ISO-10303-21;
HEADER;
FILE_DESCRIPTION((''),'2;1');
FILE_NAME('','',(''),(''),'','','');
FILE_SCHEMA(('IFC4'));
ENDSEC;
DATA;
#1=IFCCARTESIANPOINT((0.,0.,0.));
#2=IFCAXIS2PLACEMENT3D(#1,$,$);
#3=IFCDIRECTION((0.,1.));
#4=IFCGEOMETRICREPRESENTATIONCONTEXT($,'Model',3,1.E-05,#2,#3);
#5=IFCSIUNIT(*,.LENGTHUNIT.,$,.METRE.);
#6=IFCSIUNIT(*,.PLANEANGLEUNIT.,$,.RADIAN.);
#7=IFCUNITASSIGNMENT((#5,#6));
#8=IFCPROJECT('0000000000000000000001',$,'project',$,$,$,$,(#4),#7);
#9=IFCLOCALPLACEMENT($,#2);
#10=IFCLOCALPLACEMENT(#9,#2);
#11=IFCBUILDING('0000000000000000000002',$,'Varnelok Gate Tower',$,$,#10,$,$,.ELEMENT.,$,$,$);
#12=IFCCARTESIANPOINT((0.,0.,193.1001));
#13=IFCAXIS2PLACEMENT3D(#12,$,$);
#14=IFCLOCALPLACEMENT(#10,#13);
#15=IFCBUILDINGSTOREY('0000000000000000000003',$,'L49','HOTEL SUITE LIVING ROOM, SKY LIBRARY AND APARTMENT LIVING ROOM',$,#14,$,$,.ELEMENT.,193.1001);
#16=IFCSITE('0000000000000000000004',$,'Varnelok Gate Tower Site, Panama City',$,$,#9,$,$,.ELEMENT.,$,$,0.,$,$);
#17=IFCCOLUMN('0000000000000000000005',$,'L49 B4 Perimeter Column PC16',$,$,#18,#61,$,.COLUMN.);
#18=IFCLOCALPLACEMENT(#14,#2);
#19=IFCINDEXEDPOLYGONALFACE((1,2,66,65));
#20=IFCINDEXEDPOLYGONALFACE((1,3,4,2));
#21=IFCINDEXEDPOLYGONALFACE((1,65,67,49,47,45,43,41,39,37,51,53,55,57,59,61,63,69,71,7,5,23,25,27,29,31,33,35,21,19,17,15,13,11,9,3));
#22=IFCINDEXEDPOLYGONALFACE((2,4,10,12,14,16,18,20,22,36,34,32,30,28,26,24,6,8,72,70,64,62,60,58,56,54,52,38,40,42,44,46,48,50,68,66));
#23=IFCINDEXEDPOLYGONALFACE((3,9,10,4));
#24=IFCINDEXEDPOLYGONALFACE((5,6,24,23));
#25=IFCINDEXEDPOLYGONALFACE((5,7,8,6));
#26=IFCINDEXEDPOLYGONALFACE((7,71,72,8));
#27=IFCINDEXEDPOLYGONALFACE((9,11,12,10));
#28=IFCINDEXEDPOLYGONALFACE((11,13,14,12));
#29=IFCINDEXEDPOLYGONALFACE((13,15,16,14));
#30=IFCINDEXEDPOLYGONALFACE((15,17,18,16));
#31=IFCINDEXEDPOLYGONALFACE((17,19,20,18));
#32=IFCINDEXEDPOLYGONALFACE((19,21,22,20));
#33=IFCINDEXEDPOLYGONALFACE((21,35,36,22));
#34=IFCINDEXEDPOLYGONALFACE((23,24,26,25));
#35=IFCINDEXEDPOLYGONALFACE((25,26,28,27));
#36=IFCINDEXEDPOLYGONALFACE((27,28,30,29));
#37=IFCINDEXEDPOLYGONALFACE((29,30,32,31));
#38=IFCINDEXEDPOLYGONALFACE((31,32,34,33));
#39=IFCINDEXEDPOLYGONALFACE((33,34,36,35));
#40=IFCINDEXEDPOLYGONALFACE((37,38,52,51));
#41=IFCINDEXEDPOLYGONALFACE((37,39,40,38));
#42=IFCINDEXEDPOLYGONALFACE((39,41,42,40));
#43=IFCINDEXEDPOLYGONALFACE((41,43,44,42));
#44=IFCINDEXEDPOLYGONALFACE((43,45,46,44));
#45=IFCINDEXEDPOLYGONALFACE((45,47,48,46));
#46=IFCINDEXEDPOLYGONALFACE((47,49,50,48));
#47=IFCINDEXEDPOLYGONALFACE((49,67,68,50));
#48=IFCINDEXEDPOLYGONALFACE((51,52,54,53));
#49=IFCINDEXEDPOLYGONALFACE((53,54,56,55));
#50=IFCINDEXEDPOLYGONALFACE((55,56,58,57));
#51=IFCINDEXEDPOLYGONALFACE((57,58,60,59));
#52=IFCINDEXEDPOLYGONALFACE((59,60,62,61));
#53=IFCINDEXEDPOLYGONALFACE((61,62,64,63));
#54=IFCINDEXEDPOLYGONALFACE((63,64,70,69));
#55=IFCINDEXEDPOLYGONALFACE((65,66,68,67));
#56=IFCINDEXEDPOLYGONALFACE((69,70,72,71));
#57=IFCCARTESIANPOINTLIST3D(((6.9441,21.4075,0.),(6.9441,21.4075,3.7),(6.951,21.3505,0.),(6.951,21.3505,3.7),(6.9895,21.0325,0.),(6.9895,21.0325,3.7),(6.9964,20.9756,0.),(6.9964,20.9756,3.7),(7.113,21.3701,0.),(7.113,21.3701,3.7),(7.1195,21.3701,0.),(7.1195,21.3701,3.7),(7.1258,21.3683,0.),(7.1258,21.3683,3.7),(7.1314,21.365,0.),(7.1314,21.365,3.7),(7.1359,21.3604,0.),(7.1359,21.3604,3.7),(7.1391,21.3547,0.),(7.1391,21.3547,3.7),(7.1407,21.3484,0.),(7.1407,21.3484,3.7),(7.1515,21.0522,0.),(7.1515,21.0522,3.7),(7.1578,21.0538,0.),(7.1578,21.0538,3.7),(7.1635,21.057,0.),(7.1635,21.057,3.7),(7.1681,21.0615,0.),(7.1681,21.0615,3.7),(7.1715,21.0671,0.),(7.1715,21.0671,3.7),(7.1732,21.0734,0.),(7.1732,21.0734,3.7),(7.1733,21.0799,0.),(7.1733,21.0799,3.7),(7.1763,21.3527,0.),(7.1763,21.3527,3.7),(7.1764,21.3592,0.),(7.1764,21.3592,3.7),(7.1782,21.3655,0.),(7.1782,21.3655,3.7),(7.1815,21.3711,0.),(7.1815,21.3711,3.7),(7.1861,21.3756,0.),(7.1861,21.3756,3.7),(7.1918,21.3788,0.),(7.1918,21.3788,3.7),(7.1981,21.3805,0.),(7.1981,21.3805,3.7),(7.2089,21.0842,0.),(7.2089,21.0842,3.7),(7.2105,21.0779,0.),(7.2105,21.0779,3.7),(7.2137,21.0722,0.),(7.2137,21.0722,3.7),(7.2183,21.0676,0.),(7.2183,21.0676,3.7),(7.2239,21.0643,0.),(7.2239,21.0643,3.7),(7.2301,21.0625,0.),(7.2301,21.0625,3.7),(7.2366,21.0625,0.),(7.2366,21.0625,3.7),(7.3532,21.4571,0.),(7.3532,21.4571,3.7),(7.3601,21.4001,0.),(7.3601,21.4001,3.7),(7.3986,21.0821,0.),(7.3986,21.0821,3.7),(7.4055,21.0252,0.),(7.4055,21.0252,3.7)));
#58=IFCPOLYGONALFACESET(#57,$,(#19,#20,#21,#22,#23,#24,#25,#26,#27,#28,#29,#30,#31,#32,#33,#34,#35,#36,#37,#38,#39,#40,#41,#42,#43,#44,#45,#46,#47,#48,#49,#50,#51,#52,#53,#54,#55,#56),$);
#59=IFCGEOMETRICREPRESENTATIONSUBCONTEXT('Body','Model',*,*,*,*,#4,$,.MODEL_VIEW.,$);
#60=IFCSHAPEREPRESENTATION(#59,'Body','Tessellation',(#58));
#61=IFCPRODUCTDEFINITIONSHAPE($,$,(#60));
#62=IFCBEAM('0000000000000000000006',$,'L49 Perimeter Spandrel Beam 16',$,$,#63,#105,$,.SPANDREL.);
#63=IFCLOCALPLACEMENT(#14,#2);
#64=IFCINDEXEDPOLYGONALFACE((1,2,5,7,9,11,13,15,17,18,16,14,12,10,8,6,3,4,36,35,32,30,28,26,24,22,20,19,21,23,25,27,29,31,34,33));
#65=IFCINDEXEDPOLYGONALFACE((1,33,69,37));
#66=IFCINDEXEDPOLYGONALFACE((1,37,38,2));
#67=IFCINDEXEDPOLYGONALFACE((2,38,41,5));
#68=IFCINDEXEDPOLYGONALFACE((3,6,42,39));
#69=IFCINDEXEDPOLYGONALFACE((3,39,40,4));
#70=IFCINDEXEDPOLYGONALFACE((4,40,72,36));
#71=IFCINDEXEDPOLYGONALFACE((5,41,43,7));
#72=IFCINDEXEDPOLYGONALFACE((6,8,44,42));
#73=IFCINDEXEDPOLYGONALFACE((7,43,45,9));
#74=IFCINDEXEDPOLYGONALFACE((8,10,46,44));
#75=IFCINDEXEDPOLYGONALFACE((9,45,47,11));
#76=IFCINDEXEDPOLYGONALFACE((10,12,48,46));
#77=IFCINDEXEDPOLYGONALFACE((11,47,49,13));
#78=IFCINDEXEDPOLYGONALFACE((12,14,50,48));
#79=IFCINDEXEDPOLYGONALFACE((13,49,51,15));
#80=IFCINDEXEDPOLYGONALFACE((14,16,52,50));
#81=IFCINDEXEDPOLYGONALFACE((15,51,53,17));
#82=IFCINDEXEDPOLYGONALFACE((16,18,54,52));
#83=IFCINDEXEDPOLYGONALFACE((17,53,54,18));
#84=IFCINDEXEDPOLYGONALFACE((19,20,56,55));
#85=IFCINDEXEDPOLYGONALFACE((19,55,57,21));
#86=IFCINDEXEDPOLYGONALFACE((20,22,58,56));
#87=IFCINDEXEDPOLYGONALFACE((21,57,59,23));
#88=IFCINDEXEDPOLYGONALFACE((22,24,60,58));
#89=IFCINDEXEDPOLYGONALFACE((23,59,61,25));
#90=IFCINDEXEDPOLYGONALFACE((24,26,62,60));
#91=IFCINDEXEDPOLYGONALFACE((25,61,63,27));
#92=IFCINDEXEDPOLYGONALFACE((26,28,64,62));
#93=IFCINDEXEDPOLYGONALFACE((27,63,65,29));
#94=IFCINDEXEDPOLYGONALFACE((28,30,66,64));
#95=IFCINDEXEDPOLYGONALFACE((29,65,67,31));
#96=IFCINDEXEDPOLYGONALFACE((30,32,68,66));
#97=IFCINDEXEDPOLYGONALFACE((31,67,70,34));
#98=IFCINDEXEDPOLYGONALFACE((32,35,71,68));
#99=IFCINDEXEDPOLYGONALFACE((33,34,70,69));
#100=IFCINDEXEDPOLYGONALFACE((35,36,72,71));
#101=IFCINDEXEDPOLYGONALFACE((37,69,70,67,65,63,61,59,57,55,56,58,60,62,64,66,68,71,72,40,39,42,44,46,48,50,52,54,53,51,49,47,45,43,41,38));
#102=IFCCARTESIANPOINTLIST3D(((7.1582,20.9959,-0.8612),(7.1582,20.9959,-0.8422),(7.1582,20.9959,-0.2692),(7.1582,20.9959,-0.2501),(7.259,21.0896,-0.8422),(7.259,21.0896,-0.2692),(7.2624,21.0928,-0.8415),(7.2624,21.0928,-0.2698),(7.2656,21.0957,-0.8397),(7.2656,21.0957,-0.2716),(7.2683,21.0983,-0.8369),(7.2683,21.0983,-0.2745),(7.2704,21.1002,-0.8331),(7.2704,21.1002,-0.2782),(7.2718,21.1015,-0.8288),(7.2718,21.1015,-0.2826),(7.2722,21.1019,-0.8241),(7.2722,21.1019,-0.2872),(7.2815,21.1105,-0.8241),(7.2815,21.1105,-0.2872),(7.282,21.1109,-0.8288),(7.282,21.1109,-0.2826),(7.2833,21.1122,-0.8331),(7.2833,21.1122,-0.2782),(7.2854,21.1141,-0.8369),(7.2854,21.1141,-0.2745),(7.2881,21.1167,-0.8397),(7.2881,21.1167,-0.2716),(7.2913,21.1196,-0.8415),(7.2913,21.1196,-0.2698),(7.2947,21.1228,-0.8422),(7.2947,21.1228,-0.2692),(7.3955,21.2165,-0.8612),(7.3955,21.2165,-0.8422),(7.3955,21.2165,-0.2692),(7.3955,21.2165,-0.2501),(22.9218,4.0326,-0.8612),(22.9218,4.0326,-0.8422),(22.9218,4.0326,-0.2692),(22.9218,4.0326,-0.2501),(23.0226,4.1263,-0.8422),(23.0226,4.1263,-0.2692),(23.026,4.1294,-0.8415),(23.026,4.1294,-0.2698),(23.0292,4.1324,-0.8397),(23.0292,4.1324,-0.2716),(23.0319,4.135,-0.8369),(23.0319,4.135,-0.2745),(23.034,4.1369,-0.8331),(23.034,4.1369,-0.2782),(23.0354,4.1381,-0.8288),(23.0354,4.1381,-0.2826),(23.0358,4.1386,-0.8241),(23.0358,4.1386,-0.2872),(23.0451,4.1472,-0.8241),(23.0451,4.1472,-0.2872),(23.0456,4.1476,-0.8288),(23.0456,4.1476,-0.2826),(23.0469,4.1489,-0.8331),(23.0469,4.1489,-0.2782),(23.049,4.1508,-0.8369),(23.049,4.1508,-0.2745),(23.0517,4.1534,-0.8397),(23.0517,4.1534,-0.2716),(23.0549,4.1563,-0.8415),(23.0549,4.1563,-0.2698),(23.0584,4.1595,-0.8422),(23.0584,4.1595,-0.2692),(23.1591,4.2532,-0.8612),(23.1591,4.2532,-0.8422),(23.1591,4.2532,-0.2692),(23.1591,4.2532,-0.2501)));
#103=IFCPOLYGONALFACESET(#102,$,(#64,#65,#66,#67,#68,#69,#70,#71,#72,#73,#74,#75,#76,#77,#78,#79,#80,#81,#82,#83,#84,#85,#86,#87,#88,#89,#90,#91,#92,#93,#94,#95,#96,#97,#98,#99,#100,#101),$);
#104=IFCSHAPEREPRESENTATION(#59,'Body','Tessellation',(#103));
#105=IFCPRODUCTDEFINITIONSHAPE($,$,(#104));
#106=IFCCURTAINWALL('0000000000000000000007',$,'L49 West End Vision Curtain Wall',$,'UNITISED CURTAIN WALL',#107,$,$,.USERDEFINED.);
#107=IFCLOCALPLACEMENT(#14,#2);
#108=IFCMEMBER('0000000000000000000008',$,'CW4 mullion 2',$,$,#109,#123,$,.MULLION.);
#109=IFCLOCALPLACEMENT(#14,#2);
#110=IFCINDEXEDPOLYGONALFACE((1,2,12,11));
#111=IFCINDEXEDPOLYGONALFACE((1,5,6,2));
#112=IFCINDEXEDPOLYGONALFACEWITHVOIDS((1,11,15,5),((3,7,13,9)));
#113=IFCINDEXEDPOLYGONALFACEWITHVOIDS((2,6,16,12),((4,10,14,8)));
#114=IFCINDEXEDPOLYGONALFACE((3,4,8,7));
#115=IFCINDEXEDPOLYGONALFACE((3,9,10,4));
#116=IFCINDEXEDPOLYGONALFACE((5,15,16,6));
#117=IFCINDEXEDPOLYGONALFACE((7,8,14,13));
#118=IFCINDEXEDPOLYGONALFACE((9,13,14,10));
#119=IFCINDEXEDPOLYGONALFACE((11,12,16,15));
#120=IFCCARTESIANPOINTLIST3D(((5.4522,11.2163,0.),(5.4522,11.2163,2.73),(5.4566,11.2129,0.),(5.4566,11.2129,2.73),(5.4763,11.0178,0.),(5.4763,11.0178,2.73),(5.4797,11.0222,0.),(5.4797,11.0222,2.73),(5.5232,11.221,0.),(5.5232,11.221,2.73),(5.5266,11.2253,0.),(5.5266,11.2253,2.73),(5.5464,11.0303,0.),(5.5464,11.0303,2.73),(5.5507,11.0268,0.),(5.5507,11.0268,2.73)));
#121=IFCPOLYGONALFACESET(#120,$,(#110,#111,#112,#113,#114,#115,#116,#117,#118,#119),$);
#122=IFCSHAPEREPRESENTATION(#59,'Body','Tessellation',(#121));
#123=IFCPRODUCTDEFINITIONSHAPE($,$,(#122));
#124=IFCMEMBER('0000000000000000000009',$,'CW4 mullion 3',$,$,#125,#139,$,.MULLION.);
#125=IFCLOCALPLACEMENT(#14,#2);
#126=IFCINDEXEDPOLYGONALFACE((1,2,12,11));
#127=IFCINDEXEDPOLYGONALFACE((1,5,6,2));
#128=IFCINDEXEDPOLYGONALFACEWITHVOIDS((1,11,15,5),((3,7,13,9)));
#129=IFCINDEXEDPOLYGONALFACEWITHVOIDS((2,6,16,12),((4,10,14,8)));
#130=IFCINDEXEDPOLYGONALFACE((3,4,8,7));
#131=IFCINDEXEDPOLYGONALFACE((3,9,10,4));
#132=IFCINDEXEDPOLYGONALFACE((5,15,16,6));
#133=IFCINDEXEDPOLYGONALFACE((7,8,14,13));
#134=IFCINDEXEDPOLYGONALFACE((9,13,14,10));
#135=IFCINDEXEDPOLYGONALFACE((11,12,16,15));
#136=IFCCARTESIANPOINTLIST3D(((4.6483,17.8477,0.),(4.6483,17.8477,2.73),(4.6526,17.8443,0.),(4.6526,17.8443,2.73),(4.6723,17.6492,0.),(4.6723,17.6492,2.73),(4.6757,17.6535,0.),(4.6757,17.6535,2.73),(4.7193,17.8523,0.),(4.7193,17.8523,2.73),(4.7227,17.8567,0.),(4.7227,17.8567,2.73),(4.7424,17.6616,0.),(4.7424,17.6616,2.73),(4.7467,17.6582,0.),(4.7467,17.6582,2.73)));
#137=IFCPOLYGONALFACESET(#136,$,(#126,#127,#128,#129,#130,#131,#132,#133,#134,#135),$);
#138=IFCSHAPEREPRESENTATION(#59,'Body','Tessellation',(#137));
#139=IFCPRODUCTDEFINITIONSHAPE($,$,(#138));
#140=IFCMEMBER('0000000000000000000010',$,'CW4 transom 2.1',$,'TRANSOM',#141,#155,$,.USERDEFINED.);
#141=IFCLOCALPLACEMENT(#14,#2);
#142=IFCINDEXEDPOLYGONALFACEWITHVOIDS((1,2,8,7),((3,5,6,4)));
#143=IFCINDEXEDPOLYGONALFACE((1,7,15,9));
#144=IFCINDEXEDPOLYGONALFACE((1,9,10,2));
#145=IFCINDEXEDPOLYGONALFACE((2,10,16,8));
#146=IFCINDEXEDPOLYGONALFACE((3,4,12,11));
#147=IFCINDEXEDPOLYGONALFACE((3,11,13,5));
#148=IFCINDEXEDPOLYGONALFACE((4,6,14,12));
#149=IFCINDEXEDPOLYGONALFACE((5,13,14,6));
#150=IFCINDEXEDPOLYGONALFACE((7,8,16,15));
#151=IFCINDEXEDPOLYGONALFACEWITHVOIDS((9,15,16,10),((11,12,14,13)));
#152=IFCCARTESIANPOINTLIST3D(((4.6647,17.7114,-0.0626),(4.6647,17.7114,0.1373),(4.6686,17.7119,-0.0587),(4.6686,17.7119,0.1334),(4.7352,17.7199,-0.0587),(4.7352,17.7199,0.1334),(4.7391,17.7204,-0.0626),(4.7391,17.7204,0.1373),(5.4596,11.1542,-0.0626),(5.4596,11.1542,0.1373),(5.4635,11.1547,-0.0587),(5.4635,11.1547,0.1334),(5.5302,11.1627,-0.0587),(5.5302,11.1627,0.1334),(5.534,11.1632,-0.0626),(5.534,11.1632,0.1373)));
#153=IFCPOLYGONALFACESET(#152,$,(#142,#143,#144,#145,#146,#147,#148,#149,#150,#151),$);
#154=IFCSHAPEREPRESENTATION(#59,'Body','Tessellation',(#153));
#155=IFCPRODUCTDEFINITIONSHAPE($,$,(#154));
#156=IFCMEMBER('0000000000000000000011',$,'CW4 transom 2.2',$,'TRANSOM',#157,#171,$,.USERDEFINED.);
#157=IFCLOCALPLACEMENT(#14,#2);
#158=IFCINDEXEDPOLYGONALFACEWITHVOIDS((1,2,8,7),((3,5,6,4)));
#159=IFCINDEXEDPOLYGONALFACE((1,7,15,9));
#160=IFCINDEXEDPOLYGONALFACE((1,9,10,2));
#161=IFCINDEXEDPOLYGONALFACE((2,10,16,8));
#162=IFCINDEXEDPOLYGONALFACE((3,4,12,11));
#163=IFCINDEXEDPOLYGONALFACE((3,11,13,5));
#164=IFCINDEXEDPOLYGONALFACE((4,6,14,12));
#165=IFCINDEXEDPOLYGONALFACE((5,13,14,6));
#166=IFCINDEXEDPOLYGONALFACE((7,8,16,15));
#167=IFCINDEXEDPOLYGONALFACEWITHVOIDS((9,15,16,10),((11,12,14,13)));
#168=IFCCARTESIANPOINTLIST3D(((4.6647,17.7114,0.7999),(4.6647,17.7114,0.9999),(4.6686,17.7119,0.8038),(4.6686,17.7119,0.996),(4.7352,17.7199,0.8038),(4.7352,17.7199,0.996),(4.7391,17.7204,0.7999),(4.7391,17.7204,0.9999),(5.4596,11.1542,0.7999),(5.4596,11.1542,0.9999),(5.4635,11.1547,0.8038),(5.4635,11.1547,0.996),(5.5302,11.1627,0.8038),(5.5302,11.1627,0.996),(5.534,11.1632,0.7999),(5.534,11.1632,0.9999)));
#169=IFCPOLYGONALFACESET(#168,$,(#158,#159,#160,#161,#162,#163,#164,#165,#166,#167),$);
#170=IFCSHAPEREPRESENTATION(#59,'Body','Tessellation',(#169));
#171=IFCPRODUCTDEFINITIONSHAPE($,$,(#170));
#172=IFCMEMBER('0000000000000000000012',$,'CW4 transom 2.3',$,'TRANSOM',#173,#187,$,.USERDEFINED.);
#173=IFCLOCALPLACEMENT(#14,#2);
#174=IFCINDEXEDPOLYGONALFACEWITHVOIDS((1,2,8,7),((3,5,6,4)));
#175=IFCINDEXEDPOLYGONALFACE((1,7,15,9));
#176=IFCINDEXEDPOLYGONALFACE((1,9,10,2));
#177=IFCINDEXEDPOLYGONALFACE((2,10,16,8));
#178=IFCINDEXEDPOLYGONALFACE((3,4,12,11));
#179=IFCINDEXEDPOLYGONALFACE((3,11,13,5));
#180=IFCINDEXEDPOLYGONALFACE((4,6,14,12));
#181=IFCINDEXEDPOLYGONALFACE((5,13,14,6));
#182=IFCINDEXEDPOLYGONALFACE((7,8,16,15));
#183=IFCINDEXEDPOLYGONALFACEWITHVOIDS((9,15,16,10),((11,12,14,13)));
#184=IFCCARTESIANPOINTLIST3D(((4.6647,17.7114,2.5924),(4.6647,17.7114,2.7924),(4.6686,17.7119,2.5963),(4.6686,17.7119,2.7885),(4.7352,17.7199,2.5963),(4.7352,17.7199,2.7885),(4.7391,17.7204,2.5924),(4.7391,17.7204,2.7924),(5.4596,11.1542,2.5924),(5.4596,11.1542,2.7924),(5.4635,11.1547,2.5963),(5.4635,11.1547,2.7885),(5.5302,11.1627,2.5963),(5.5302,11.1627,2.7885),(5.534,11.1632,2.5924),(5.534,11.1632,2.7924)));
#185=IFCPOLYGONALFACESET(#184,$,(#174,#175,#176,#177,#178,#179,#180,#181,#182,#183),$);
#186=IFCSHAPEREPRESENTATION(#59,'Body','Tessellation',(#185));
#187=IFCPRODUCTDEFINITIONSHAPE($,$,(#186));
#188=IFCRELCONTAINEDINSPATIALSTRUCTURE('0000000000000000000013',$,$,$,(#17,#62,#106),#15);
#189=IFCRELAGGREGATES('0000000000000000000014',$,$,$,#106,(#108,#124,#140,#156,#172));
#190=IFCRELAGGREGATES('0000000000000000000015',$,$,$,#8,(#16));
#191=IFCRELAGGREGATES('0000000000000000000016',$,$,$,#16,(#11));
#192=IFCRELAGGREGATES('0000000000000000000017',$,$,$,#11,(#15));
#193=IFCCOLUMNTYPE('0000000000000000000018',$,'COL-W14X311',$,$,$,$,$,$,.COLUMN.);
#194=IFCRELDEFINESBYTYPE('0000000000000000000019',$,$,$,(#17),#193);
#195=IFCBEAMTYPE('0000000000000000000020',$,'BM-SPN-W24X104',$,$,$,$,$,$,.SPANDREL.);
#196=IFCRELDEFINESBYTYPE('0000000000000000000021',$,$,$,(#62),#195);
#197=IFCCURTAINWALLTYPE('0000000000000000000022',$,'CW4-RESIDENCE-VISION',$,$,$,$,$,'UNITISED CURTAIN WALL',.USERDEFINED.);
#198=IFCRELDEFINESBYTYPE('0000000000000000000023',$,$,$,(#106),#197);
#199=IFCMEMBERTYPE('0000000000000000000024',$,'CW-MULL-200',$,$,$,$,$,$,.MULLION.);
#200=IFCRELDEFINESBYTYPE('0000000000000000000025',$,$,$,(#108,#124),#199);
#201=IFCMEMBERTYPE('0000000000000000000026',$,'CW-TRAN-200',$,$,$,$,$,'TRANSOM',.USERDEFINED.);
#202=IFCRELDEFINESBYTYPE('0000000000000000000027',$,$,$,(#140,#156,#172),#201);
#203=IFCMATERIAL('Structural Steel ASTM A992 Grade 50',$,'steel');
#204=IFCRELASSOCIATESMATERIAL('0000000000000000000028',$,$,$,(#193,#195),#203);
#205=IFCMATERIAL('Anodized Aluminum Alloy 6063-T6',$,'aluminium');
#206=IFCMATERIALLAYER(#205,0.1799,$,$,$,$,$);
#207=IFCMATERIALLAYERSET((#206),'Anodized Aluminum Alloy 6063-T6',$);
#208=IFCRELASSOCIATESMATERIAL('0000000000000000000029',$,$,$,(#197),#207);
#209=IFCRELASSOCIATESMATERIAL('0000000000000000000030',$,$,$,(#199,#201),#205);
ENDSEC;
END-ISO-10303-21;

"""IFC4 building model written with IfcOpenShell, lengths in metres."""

from ifc_helpers import new_model, si_unit, direction, frame, origin, origin_2d, place, context, subcontext, project, spatial, hollow_rectangle, i_section, extrude, material, layer, layer_set, material_profile, profile_set, type_object, element, aggregate, save


model = new_model("IFC4")

# Units and contexts
model_context = context("Model", 3, precision=1e-05, world=origin(), true_north=direction((0.0, 1.0)))
body_context = subcontext(model_context, "Body", "Model", "MODEL_VIEW")
ifc_project = project(units=[si_unit("LENGTHUNIT", "METRE"), si_unit("PLANEANGLEUNIT", "RADIAN")], contexts=[model_context])

# Site, building, storey
site_placement = place(None, origin())
site = spatial("IfcSite", under=ifc_project, at=site_placement, Name="Varnelok Gate Tower Site, Panama City", CompositionType="ELEMENT", RefElevation=0.0)
building_placement = place(site_placement, origin())
building = spatial("IfcBuilding", under=site, at=building_placement, Name="Varnelok Gate Tower", CompositionType="ELEMENT")
storey_placement = place(building_placement, frame((0.0, 0.0, 193.1001)))
storey = spatial("IfcBuildingStorey", under=building, at=storey_placement, Name="L49", Description="HOTEL SUITE LIVING ROOM, SKY LIBRARY AND APARTMENT LIVING ROOM", CompositionType="ELEMENT", Elevation=193.1001)

# Column
ifc_material_1 = material(Name="Structural Steel ASTM A992 Grade 50", Category="steel")
ifc_material_profile_1 = material_profile(ifc_material_1, i_section(OverallWidth=0.4121, OverallDepth=0.4351, WebThickness=0.0359, FlangeThickness=0.0574, FilletRadius=0.0249, at=origin_2d()), Name="W14X311")
ifc_profile_set_1 = profile_set([ifc_material_profile_1], Name="Structural Steel ASTM A992 Grade 50")
column_type = type_object("IfcColumnType", Name="COL-W14X311", PredefinedType="COLUMN", material=ifc_profile_set_1)
column_placement = place(storey_placement, frame((7.1748, 21.2163, 0.0), z_axis=(0.0, 0.0, 1.0), x_axis=(0.992732, 0.120345, 0.0)))
element("IfcColumn", 1, at=column_placement, inside=storey, type_object=column_type, Name="L49 B4 Perimeter Column PC16", PredefinedType="COLUMN", context=body_context, shape_type="SweptSolid", body=[
    extrude(i_section(OverallWidth=0.4121, OverallDepth=0.4351, WebThickness=0.0359, FlangeThickness=0.0574, FilletRadius=0.0249, at=origin_2d()), origin(), (0.0, 0.0, 1.0), 3.7),
])

# Beam
ifc_material_profile_2 = material_profile(ifc_material_1, i_section(OverallWidth=0.324, OverallDepth=0.6111, WebThickness=0.0127, FlangeThickness=0.019, FilletRadius=0.0181, at=origin_2d()), Name="W24X104")
ifc_profile_set_2 = profile_set([ifc_material_profile_2], Name="Structural Steel ASTM A992 Grade 50")
beam_type = type_object("IfcBeamType", Name="BM-SPN-W24X104", PredefinedType="SPANDREL", material=ifc_profile_set_2)
beam_placement = place(storey_placement, frame((7.2769, 21.1062, -0.5557), z_axis=(0.680728, -0.732536, 0.0), x_axis=(0.732536, 0.680728, 0.0)))
element("IfcBeam", 2, at=beam_placement, inside=storey, type_object=beam_type, Name="L49 Perimeter Spandrel Beam 16", PredefinedType="SPANDREL", context=body_context, shape_type="SweptSolid", body=[
    extrude(i_section(OverallWidth=0.324, OverallDepth=0.6111, WebThickness=0.0127, FlangeThickness=0.019, FilletRadius=0.0181, at=origin_2d()), origin(), (0.0, 0.0, 1.0), 23.157),
])

# Curtain wall, members
ifc_material_2 = material(Name="Anodized Aluminum Alloy 6063-T6", Category="aluminium")
ifc_layer_1 = layer(ifc_material_2, 0.1799)
ifc_layer_set_1 = layer_set([ifc_layer_1], Name="Anodized Aluminum Alloy 6063-T6")
curtain_wall_type = type_object("IfcCurtainWallType", Name="CW4-RESIDENCE-VISION", ElementType="UNITISED CURTAIN WALL", PredefinedType="USERDEFINED", material=ifc_layer_set_1)
curtain_wall_placement = place(storey_placement, origin())
curtain_wall = element("IfcCurtainWall", 3, at=curtain_wall_placement, inside=storey, type_object=curtain_wall_type, Name="L49 West End Vision Curtain Wall", ObjectType="UNITISED CURTAIN WALL", PredefinedType="USERDEFINED")
ifc_material_profile_3 = material_profile(ifc_material_2, hollow_rectangle(XDim=0.075, YDim=0.2, WallThickness=0.0039, at=origin_2d()), Name="ALU200X75X4")
ifc_profile_set_3 = profile_set([ifc_material_profile_3], Name="Anodized Aluminum Alloy 6063-T6")
member_type_1 = type_object("IfcMemberType", Name="CW-MULL-200", PredefinedType="MULLION", material=ifc_profile_set_3)
member_1_placement = place(storey_placement, frame((5.5015, 11.1216, 0.0), z_axis=(0.0, 0.0, 1.0), x_axis=(-0.992732, -0.120345, 0.0)))
member_1 = element("IfcMember", 4, at=member_1_placement, type_object=member_type_1, Name="CW4 mullion 2", PredefinedType="MULLION", context=body_context, shape_type="SweptSolid", body=[
    extrude(hollow_rectangle(XDim=0.075, YDim=0.2, WallThickness=0.0039, at=origin_2d()), origin(), (0.0, 0.0, 1.0), 2.73),
])
member_2_placement = place(storey_placement, frame((4.6975, 17.7529, 0.0), z_axis=(0.0, 0.0, 1.0), x_axis=(-0.992732, -0.120345, 0.0)))
member_2 = element("IfcMember", 5, at=member_2_placement, type_object=member_type_1, Name="CW4 mullion 3", PredefinedType="MULLION", context=body_context, shape_type="SweptSolid", body=[
    extrude(hollow_rectangle(XDim=0.075, YDim=0.2, WallThickness=0.0039, at=origin_2d()), origin(), (0.0, 0.0, 1.0), 2.73),
])
ifc_material_profile_4 = material_profile(ifc_material_2, hollow_rectangle(XDim=0.075, YDim=0.2, WallThickness=0.0039, at=origin_2d()), Name="ALU200X75X4")
ifc_profile_set_4 = profile_set([ifc_material_profile_4], Name="Anodized Aluminum Alloy 6063-T6")
member_type_2 = type_object("IfcMemberType", Name="CW-TRAN-200", ElementType="TRANSOM", PredefinedType="USERDEFINED", material=ifc_profile_set_4)
member_3_placement = place(storey_placement, frame((5.4968, 11.1587, 0.0374), z_axis=(-0.120349, 0.992732, 0.0), x_axis=(-0.992732, -0.120349, 0.0)))
member_3 = element("IfcMember", 6, at=member_3_placement, type_object=member_type_2, Name="CW4 transom 2.1", ObjectType="TRANSOM", PredefinedType="USERDEFINED", context=body_context, shape_type="SweptSolid", body=[
    extrude(hollow_rectangle(XDim=0.075, YDim=0.2, WallThickness=0.0039, at=origin_2d()), origin(), (0.0, 0.0, 1.0), 6.6052),
])
member_4_placement = place(storey_placement, frame((5.4968, 11.1587, 0.8999), z_axis=(-0.120349, 0.992732, 0.0), x_axis=(-0.992732, -0.120349, 0.0)))
member_4 = element("IfcMember", 7, at=member_4_placement, type_object=member_type_2, Name="CW4 transom 2.2", ObjectType="TRANSOM", PredefinedType="USERDEFINED", context=body_context, shape_type="SweptSolid", body=[
    extrude(hollow_rectangle(XDim=0.075, YDim=0.2, WallThickness=0.0039, at=origin_2d()), origin(), (0.0, 0.0, 1.0), 6.6052),
])
member_5_placement = place(storey_placement, frame((5.4968, 11.1587, 2.6924), z_axis=(-0.120349, 0.992732, 0.0), x_axis=(-0.992732, -0.120349, 0.0)))
member_5 = element("IfcMember", 8, at=member_5_placement, type_object=member_type_2, Name="CW4 transom 2.3", ObjectType="TRANSOM", PredefinedType="USERDEFINED", context=body_context, shape_type="SweptSolid", body=[
    extrude(hollow_rectangle(XDim=0.075, YDim=0.2, WallThickness=0.0039, at=origin_2d()), origin(), (0.0, 0.0, 1.0), 6.6052),
])
aggregate(curtain_wall, [member_1, member_2, member_3, member_4, member_5])

save(model, "model.ifc")
